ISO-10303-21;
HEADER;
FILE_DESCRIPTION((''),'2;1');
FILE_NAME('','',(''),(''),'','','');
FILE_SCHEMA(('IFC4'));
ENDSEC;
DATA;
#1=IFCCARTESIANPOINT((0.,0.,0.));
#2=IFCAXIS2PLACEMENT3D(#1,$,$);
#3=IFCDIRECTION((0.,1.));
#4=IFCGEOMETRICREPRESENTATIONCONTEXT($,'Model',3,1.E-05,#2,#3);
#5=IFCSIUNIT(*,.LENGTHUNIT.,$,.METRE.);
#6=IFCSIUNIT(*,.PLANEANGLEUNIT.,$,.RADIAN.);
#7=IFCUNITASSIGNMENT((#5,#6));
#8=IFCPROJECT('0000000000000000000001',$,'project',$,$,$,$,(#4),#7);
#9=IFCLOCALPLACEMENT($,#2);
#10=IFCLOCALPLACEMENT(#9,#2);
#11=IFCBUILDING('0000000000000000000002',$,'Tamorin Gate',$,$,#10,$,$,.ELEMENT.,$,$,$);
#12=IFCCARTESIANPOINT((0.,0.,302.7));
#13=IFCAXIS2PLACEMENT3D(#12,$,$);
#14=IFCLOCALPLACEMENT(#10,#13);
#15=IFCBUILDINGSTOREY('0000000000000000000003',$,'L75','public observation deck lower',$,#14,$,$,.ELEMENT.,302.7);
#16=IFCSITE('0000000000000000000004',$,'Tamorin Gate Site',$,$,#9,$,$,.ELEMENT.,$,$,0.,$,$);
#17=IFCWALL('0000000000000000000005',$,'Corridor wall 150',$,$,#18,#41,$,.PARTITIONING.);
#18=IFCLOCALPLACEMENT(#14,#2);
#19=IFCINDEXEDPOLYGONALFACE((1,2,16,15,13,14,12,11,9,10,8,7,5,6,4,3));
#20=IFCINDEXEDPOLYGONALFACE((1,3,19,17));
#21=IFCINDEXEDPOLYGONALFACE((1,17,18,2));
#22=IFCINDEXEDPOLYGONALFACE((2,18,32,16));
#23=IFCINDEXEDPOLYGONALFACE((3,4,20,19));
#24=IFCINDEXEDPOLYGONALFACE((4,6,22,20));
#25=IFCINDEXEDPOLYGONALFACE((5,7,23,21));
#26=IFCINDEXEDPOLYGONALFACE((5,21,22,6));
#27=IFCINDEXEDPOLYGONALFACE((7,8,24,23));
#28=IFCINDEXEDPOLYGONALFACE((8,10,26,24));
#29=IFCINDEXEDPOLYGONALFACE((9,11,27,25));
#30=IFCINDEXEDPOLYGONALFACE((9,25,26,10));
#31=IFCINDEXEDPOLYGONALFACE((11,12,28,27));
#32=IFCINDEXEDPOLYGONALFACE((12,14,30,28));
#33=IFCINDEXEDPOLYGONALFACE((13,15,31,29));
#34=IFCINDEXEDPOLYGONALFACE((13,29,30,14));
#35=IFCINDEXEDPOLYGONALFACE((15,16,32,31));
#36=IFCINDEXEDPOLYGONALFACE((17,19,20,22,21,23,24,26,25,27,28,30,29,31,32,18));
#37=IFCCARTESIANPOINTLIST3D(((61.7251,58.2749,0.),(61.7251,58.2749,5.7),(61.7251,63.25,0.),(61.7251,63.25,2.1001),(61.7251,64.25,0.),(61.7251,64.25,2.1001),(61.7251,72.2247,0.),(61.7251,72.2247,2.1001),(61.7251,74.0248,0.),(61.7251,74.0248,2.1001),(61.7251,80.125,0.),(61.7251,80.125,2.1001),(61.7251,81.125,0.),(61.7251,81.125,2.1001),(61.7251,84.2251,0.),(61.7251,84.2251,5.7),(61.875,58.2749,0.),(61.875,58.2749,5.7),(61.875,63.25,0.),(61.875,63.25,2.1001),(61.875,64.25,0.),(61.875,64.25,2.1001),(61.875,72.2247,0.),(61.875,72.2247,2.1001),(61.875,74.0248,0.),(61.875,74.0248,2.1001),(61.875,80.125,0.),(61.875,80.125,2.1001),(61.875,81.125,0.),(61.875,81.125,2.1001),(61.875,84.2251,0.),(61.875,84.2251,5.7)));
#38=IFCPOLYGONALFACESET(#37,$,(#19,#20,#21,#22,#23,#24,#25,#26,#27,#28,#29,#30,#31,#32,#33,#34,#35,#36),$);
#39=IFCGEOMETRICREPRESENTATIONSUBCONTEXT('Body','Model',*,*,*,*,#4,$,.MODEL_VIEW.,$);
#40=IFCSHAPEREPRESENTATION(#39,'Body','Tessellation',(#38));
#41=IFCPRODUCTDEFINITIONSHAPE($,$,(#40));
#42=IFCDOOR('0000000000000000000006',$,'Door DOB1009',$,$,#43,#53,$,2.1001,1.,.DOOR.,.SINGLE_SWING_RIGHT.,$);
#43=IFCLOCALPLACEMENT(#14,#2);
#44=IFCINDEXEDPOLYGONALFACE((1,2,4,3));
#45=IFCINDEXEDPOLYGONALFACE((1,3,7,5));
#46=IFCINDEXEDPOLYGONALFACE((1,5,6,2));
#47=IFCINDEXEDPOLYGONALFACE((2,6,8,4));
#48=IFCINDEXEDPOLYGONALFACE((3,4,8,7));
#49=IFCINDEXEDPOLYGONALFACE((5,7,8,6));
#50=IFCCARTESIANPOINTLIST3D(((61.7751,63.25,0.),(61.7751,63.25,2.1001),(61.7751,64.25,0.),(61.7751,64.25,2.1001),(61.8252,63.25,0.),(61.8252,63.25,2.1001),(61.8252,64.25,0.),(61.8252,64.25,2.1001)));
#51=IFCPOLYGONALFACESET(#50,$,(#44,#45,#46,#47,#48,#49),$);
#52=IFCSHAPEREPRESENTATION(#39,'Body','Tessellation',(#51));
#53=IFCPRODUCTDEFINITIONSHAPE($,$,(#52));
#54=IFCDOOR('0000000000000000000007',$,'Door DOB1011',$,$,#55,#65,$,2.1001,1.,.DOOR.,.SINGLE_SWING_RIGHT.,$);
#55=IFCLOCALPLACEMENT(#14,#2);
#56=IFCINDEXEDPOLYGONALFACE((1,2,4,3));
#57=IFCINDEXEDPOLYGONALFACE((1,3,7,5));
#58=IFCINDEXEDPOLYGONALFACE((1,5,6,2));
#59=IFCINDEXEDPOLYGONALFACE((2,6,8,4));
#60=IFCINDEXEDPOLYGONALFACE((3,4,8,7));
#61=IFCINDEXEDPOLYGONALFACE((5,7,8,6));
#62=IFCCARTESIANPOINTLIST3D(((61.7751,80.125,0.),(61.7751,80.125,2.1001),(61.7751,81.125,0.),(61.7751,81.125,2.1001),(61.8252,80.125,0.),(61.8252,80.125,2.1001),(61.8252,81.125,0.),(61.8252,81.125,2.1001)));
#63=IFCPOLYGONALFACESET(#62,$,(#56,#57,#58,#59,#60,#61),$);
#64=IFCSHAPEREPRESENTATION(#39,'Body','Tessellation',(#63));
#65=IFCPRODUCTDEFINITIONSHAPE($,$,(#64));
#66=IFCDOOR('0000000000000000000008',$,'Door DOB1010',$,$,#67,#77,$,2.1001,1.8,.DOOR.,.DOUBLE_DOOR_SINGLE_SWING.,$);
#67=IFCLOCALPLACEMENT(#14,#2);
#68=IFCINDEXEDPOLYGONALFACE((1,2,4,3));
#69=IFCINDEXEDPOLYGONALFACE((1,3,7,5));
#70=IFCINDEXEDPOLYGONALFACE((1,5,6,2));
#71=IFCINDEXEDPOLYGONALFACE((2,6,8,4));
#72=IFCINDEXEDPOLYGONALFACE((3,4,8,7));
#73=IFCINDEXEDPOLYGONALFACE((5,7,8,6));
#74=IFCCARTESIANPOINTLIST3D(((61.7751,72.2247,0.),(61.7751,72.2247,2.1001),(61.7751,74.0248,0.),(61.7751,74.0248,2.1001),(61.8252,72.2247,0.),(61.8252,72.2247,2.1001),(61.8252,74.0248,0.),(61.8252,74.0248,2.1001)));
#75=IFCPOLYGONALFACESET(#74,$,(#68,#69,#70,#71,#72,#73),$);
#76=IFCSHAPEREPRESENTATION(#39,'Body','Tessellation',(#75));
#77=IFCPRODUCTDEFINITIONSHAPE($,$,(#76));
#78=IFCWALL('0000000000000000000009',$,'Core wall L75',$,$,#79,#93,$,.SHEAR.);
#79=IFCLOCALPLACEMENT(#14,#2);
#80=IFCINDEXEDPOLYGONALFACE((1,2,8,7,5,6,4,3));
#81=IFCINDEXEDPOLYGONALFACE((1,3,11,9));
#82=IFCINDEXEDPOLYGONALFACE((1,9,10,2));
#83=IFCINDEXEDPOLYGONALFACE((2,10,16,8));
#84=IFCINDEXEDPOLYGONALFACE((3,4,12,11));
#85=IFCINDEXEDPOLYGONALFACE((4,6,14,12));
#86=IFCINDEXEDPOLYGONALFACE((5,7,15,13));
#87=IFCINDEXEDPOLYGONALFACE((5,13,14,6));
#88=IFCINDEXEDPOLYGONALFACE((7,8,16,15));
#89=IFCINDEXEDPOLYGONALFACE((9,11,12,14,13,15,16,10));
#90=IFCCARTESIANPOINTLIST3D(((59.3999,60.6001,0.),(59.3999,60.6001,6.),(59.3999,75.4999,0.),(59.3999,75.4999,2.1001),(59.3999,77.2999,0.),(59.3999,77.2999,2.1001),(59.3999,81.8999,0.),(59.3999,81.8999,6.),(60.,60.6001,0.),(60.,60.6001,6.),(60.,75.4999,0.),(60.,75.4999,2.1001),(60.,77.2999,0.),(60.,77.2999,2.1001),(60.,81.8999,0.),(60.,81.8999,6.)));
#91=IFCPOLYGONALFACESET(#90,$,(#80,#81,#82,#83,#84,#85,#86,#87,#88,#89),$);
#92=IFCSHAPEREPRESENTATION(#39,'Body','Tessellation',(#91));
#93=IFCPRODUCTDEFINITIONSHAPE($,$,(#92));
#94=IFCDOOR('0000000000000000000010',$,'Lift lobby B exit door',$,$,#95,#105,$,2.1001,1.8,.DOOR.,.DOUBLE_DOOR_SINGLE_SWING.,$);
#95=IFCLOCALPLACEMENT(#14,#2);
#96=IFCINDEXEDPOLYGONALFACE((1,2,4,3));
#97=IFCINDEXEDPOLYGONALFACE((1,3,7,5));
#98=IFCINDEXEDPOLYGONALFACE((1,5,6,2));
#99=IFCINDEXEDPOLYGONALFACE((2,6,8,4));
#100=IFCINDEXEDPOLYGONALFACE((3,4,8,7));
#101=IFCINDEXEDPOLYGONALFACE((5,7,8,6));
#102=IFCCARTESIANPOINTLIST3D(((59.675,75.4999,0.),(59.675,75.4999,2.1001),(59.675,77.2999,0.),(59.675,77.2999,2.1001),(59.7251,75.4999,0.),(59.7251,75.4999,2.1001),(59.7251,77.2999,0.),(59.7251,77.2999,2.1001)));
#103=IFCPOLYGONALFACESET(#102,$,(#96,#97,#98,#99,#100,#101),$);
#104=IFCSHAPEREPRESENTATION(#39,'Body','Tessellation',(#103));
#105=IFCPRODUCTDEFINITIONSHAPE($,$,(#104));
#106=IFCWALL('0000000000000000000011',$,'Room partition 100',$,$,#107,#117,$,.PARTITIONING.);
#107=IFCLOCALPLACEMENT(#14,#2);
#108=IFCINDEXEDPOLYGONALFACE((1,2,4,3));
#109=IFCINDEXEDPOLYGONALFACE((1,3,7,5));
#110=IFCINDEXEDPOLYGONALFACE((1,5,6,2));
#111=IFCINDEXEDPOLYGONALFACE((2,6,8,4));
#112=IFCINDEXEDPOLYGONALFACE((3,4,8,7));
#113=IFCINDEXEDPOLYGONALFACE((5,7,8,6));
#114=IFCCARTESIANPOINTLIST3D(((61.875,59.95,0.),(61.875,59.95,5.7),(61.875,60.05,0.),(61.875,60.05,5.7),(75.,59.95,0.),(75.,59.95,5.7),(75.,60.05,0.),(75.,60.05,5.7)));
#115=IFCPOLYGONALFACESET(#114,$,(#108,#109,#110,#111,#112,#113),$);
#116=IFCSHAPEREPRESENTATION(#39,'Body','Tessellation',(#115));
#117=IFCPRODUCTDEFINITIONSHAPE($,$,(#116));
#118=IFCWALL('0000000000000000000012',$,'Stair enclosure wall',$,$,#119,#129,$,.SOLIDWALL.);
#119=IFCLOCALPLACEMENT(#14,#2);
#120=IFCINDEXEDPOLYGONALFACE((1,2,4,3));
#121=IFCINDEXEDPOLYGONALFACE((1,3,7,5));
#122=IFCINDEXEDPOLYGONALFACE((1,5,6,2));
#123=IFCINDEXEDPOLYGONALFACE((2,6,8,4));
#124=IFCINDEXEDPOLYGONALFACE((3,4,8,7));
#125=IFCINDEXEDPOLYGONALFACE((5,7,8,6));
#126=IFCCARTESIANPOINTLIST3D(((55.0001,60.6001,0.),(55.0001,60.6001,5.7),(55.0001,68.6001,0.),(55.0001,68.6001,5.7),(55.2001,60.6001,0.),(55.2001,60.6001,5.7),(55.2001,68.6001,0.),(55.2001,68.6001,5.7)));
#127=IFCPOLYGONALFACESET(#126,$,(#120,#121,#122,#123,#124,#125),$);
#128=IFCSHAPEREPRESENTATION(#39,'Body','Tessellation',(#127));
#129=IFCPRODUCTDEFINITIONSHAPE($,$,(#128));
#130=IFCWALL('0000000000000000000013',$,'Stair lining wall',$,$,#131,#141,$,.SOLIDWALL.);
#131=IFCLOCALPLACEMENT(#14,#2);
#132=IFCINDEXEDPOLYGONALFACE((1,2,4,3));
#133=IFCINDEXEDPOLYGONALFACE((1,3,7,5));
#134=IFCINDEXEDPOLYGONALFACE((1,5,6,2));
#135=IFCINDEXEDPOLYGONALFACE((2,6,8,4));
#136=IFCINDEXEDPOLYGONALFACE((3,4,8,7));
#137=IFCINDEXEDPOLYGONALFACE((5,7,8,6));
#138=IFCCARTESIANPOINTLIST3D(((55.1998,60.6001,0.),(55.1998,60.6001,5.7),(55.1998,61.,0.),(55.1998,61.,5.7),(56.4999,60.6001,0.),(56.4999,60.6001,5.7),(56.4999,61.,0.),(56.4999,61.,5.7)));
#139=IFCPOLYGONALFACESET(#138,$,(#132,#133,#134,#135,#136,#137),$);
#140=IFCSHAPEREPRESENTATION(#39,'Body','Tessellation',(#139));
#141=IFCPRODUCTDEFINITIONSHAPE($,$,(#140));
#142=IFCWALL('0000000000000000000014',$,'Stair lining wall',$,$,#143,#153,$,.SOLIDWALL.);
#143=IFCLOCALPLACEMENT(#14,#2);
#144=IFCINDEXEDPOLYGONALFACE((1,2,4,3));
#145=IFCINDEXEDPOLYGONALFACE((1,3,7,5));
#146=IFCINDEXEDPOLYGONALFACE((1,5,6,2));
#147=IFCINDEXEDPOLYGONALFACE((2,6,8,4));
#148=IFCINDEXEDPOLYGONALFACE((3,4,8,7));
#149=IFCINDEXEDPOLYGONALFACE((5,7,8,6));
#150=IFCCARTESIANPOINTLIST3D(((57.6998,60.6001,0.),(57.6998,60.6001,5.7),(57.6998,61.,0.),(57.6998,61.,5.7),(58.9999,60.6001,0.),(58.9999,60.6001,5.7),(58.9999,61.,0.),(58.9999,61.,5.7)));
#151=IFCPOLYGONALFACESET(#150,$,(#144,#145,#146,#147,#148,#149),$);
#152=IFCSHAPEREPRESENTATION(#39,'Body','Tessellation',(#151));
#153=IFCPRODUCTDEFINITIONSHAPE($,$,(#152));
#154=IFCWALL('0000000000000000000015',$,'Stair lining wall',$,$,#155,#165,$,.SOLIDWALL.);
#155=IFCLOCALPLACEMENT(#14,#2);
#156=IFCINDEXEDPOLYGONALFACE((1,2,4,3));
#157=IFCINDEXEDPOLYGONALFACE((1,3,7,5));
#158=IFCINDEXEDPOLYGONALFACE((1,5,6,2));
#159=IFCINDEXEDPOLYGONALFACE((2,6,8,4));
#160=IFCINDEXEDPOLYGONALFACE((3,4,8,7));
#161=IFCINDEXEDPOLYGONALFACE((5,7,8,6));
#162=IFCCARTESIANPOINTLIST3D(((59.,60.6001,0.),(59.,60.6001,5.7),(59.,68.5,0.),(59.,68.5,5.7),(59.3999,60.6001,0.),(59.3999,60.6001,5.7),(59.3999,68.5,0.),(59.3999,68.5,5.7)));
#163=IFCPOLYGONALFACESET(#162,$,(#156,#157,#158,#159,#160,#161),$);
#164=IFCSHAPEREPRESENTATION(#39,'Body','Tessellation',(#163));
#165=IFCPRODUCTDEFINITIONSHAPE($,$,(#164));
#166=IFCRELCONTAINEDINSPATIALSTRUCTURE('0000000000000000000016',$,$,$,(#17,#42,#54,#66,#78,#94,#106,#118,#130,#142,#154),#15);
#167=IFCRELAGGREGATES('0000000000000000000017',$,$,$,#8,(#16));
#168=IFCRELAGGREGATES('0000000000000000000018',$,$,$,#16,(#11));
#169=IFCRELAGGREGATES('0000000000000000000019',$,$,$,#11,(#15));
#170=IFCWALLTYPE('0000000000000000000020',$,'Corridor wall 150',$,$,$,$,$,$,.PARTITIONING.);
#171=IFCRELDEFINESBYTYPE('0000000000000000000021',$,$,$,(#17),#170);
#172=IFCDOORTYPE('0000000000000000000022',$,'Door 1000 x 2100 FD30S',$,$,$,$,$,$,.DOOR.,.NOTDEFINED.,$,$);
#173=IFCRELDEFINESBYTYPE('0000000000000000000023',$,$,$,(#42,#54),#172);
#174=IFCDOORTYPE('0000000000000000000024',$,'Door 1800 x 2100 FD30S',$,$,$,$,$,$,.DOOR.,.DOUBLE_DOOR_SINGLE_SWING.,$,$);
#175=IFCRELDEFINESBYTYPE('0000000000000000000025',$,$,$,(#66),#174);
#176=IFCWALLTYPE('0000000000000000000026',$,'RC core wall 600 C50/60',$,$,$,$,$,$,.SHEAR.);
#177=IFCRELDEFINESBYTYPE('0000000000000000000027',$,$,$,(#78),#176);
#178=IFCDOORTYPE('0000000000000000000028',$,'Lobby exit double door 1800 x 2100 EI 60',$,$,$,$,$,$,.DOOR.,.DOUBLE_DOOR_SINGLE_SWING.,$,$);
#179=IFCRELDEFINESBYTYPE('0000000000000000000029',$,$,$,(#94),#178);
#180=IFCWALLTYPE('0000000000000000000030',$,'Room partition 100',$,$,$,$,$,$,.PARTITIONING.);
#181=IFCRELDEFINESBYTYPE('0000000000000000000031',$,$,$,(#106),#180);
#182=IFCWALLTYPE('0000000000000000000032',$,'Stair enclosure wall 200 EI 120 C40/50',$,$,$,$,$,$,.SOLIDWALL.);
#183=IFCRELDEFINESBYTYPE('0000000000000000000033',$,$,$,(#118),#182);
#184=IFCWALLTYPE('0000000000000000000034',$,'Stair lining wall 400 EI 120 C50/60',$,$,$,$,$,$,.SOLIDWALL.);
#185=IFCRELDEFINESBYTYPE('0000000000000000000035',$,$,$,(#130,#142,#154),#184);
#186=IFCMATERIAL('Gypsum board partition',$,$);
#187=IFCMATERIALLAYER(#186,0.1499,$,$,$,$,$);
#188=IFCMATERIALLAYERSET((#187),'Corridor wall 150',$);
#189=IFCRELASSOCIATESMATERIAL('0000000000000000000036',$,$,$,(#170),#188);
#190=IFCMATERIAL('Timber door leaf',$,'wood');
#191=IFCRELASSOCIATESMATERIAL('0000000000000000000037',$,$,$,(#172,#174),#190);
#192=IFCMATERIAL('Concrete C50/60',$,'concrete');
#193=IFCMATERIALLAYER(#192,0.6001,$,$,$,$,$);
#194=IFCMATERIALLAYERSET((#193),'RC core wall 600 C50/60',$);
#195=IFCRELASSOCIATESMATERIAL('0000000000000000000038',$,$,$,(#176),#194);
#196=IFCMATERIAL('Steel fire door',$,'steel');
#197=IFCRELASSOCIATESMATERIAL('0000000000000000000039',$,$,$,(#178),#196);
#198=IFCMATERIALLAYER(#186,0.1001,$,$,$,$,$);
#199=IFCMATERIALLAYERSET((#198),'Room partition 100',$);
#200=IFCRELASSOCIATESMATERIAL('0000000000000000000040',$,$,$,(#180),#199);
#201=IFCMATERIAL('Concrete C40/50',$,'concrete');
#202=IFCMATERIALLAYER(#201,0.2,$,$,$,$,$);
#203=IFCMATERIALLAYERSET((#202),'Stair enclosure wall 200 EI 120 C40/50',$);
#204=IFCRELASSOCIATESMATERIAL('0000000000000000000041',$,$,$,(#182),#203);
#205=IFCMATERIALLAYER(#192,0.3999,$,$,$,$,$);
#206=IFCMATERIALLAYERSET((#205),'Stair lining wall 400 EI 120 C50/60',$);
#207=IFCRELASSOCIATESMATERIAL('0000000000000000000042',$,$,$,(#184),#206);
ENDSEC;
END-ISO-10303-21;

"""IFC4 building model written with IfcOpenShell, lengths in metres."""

from ifc_helpers import new_model, si_unit, direction, frame, frame_2d, origin, place, context, subcontext, project, spatial, rectangle, extrude, material, layer, layer_set, type_object, element, fill, save


model = new_model("IFC4")

# Units and contexts
model_context = context("Model", 3, precision=1e-05, world=origin(), true_north=direction((0.0, 1.0)))
body_context = subcontext(model_context, "Body", "Model", "MODEL_VIEW")
ifc_project = project(units=[si_unit("LENGTHUNIT", "METRE"), si_unit("PLANEANGLEUNIT", "RADIAN")], contexts=[model_context])

# Site, building, storey
site_placement = place(None, origin())
site = spatial("IfcSite", under=ifc_project, at=site_placement, Name="Tamorin Gate Site", CompositionType="ELEMENT", RefElevation=0.0)
building_placement = place(site_placement, origin())
building = spatial("IfcBuilding", under=site, at=building_placement, Name="Tamorin Gate", CompositionType="ELEMENT")
storey_placement = place(building_placement, frame((0.0, 0.0, 302.7)))
storey = spatial("IfcBuildingStorey", under=building, at=storey_placement, Name="L75", Description="public observation deck lower", CompositionType="ELEMENT", Elevation=302.7)

# Shared definitions
ifc_material_1 = material(Name="Concrete C50/60", Category="concrete")

# Wall, openings, doors
ifc_material_2 = material(Name="Gypsum board partition")
ifc_layer_1 = layer(ifc_material_2, 0.1499)
ifc_layer_set_1 = layer_set([ifc_layer_1], Name="Corridor wall 150")
wall_type_1 = type_object("IfcWallType", Name="Corridor wall 150", PredefinedType="PARTITIONING", material=ifc_layer_set_1)
wall_1_placement = place(storey_placement, frame((61.8, 58.2749, 0.0), z_axis=(0.0, 0.0, 1.0), x_axis=(0.0, 1.0, 0.0)))
wall_1 = element("IfcWall", 1, at=wall_1_placement, inside=storey, type_object=wall_type_1, Name="Corridor wall 150", PredefinedType="PARTITIONING", context=body_context, shape_type="SweptSolid", body=[
    extrude(rectangle(XDim=25.9502, YDim=0.1499, at=frame_2d((12.9751, 0.0))), origin(), (0.0, 0.0, 1.0), 5.7),
])
opening_1_placement = place(wall_1_placement, frame((4.9751, 0.0, 0.0)))
opening_1 = element("IfcOpeningElement", 2, at=opening_1_placement, cuts=wall_1, PredefinedType="OPENING", context=body_context, shape_type="SweptSolid", body=[
    extrude(rectangle(XDim=1.0, YDim=2.1001, at=frame_2d((0.5, 1.05))), frame((0.0, 0.085, 0.0), z_axis=(0.0, -1.0, 0.0), x_axis=(1.0, 0.0, 0.0)), (0.0, 0.0, 1.0), 0.1699),
])
opening_2_placement = place(wall_1_placement, frame((13.95, 0.0, 0.0)))
opening_2 = element("IfcOpeningElement", 3, at=opening_2_placement, cuts=wall_1, PredefinedType="OPENING", context=body_context, shape_type="SweptSolid", body=[
    extrude(rectangle(XDim=1.8, YDim=2.1001, at=frame_2d((0.8999, 1.05))), frame((0.0, 0.085, 0.0), z_axis=(0.0, -1.0, 0.0), x_axis=(1.0, 0.0, 0.0)), (0.0, 0.0, 1.0), 0.1699),
])
opening_3_placement = place(wall_1_placement, frame((21.8501, 0.0, 0.0)))
opening_3 = element("IfcOpeningElement", 4, at=opening_3_placement, cuts=wall_1, PredefinedType="OPENING", context=body_context, shape_type="SweptSolid", body=[
    extrude(rectangle(XDim=1.0, YDim=2.1001, at=frame_2d((0.5, 1.05))), frame((0.0, 0.085, 0.0), z_axis=(0.0, -1.0, 0.0), x_axis=(1.0, 0.0, 0.0)), (0.0, 0.0, 1.0), 0.1699),
])
ifc_material_3 = material(Name="Timber door leaf", Category="wood")
door_type_1 = type_object("IfcDoorType", Name="Door 1000 x 2100 FD30S", OperationType="NOTDEFINED", PredefinedType="DOOR", material=ifc_material_3)
door_1_placement = place(opening_1_placement, origin())
door_1 = element("IfcDoor", 5, at=door_1_placement, inside=storey, type_object=door_type_1, Name="Door DOB1009", OperationType="SINGLE_SWING_RIGHT", OverallHeight=2.1001, OverallWidth=1.0, PredefinedType="DOOR", context=body_context, shape_type="SweptSolid", body=[
    extrude(rectangle(XDim=1.0, YDim=2.1001, at=frame_2d((0.5, 1.05))), frame((0.0, 0.0249, 0.0), z_axis=(0.0, -1.0, 0.0), x_axis=(1.0, 0.0, 0.0)), (0.0, 0.0, 1.0), 0.05),
])
fill(opening_1, door_1)
door_2_placement = place(opening_3_placement, origin())
door_2 = element("IfcDoor", 6, at=door_2_placement, inside=storey, type_object=door_type_1, Name="Door DOB1011", OperationType="SINGLE_SWING_RIGHT", OverallHeight=2.1001, OverallWidth=1.0, PredefinedType="DOOR", context=body_context, shape_type="SweptSolid", body=[
    extrude(rectangle(XDim=1.0, YDim=2.1001, at=frame_2d((0.5, 1.05))), frame((0.0, 0.0249, 0.0), z_axis=(0.0, -1.0, 0.0), x_axis=(1.0, 0.0, 0.0)), (0.0, 0.0, 1.0), 0.05),
])
fill(opening_3, door_2)
door_type_2 = type_object("IfcDoorType", Name="Door 1800 x 2100 FD30S", OperationType="DOUBLE_DOOR_SINGLE_SWING", PredefinedType="DOOR", material=ifc_material_3)
door_3_placement = place(opening_2_placement, origin())
door_3 = element("IfcDoor", 7, at=door_3_placement, inside=storey, type_object=door_type_2, Name="Door DOB1010", OperationType="DOUBLE_DOOR_SINGLE_SWING", OverallHeight=2.1001, OverallWidth=1.8, PredefinedType="DOOR", context=body_context, shape_type="SweptSolid", body=[
    extrude(rectangle(XDim=1.8, YDim=2.1001, at=frame_2d((0.8999, 1.05))), frame((0.0, 0.0249, 0.0), z_axis=(0.0, -1.0, 0.0), x_axis=(1.0, 0.0, 0.0)), (0.0, 0.0, 1.0), 0.05),
])
fill(opening_2, door_3)

# Wall, opening, door
ifc_layer_2 = layer(ifc_material_1, 0.6001)
ifc_layer_set_2 = layer_set([ifc_layer_2], Name="RC core wall 600 C50/60")
wall_type_2 = type_object("IfcWallType", Name="RC core wall 600 C50/60", PredefinedType="SHEAR", material=ifc_layer_set_2)
wall_2_placement = place(storey_placement, frame((59.7, 60.6001, 0.0), z_axis=(0.0, 0.0, 1.0), x_axis=(0.0, 1.0, 0.0)))
wall_2 = element("IfcWall", 8, at=wall_2_placement, inside=storey, type_object=wall_type_2, Name="Core wall L75", PredefinedType="SHEAR", context=body_context, shape_type="SweptSolid", body=[
    extrude(rectangle(XDim=21.2998, YDim=0.6001, at=frame_2d((10.6499, 0.0))), origin(), (0.0, 0.0, 1.0), 6.0),
])
opening_4_placement = place(wall_2_placement, frame((14.8999, 0.0, 0.0)))
opening_4 = element("IfcOpeningElement", 9, at=opening_4_placement, cuts=wall_2, PredefinedType="OPENING", context=body_context, shape_type="SweptSolid", body=[
    extrude(rectangle(XDim=1.8, YDim=2.1001, at=frame_2d((0.8999, 1.05))), frame((0.0, 0.3101, 0.0), z_axis=(0.0, -1.0, 0.0), x_axis=(1.0, 0.0, 0.0)), (0.0, 0.0, 1.0), 0.6201),
])
ifc_material_4 = material(Name="Steel fire door", Category="steel")
door_type_3 = type_object("IfcDoorType", Name="Lobby exit double door 1800 x 2100 EI 60", OperationType="DOUBLE_DOOR_SINGLE_SWING", PredefinedType="DOOR", material=ifc_material_4)
door_4_placement = place(opening_4_placement, origin())
door_4 = element("IfcDoor", 10, at=door_4_placement, inside=storey, type_object=door_type_3, Name="Lift lobby B exit door", OperationType="DOUBLE_DOOR_SINGLE_SWING", OverallHeight=2.1001, OverallWidth=1.8, PredefinedType="DOOR", context=body_context, shape_type="SweptSolid", body=[
    extrude(rectangle(XDim=1.8, YDim=2.1001, at=frame_2d((0.8999, 1.05))), frame((0.0, 0.0249, 0.0), z_axis=(0.0, -1.0, 0.0), x_axis=(1.0, 0.0, 0.0)), (0.0, 0.0, 1.0), 0.05),
])
fill(opening_4, door_4)

# Walls
ifc_layer_3 = layer(ifc_material_2, 0.1001)
ifc_layer_set_3 = layer_set([ifc_layer_3], Name="Room partition 100")
wall_type_3 = type_object("IfcWallType", Name="Room partition 100", PredefinedType="PARTITIONING", material=ifc_layer_set_3)
wall_3_placement = place(storey_placement, frame((61.875, 60.0, 0.0), z_axis=(0.0, 0.0, 1.0), x_axis=(1.0, 0.0, 0.0)))
element("IfcWall", 11, at=wall_3_placement, inside=storey, type_object=wall_type_3, Name="Room partition 100", PredefinedType="PARTITIONING", context=body_context, shape_type="SweptSolid", body=[
    extrude(rectangle(XDim=13.125, YDim=0.1001, at=frame_2d((6.5625, 0.0))), origin(), (0.0, 0.0, 1.0), 5.7),
])
ifc_material_5 = material(Name="Concrete C40/50", Category="concrete")
ifc_layer_4 = layer(ifc_material_5, 0.2)
ifc_layer_set_4 = layer_set([ifc_layer_4], Name="Stair enclosure wall 200 EI 120 C40/50")
wall_type_4 = type_object("IfcWallType", Name="Stair enclosure wall 200 EI 120 C40/50", PredefinedType="SOLIDWALL", material=ifc_layer_set_4)
wall_4_placement = place(storey_placement, frame((55.1001, 60.6001, 0.0), z_axis=(0.0, 0.0, 1.0), x_axis=(0.0, 1.0, 0.0)))
element("IfcWall", 12, at=wall_4_placement, inside=storey, type_object=wall_type_4, Name="Stair enclosure wall", PredefinedType="SOLIDWALL", context=body_context, shape_type="SweptSolid", body=[
    extrude(rectangle(XDim=8.0, YDim=0.2, at=frame_2d((4.0, 0.0))), origin(), (0.0, 0.0, 1.0), 5.7),
])
ifc_layer_5 = layer(ifc_material_1, 0.3999)
ifc_layer_set_5 = layer_set([ifc_layer_5], Name="Stair lining wall 400 EI 120 C50/60")
wall_type_5 = type_object("IfcWallType", Name="Stair lining wall 400 EI 120 C50/60", PredefinedType="SOLIDWALL", material=ifc_layer_set_5)
for number, where, z_axis, x_axis, name in (
    (13, (55.2, 60.8, 0.0), (0.0, 0.0, 1.0), (1.0, 0.0, 0.0), "Stair lining wall"),
    (14, (57.7, 60.8, 0.0), (0.0, 0.0, 1.0), (1.0, 0.0, 0.0), "Stair lining wall"),
):
    element("IfcWall", number, at=place(storey_placement, frame(where, z_axis=z_axis, x_axis=x_axis)), inside=storey, type_object=wall_type_5, Name=name, PredefinedType="SOLIDWALL", context=body_context, shape_type="SweptSolid", body=[
        extrude(rectangle(XDim=1.3, YDim=0.3999, at=frame_2d((0.6499, 0.0))), origin(), (0.0, 0.0, 1.0), 5.7),
    ])
wall_5_placement = place(storey_placement, frame((59.2, 60.6001, 0.0), z_axis=(0.0, 0.0, 1.0), x_axis=(0.0, 1.0, 0.0)))
element("IfcWall", 15, at=wall_5_placement, inside=storey, type_object=wall_type_5, Name="Stair lining wall", PredefinedType="SOLIDWALL", context=body_context, shape_type="SweptSolid", body=[
    extrude(rectangle(XDim=7.8999, YDim=0.3999, at=frame_2d((3.95, 0.0))), origin(), (0.0, 0.0, 1.0), 5.7),
])

save(model, "model.ifc")
